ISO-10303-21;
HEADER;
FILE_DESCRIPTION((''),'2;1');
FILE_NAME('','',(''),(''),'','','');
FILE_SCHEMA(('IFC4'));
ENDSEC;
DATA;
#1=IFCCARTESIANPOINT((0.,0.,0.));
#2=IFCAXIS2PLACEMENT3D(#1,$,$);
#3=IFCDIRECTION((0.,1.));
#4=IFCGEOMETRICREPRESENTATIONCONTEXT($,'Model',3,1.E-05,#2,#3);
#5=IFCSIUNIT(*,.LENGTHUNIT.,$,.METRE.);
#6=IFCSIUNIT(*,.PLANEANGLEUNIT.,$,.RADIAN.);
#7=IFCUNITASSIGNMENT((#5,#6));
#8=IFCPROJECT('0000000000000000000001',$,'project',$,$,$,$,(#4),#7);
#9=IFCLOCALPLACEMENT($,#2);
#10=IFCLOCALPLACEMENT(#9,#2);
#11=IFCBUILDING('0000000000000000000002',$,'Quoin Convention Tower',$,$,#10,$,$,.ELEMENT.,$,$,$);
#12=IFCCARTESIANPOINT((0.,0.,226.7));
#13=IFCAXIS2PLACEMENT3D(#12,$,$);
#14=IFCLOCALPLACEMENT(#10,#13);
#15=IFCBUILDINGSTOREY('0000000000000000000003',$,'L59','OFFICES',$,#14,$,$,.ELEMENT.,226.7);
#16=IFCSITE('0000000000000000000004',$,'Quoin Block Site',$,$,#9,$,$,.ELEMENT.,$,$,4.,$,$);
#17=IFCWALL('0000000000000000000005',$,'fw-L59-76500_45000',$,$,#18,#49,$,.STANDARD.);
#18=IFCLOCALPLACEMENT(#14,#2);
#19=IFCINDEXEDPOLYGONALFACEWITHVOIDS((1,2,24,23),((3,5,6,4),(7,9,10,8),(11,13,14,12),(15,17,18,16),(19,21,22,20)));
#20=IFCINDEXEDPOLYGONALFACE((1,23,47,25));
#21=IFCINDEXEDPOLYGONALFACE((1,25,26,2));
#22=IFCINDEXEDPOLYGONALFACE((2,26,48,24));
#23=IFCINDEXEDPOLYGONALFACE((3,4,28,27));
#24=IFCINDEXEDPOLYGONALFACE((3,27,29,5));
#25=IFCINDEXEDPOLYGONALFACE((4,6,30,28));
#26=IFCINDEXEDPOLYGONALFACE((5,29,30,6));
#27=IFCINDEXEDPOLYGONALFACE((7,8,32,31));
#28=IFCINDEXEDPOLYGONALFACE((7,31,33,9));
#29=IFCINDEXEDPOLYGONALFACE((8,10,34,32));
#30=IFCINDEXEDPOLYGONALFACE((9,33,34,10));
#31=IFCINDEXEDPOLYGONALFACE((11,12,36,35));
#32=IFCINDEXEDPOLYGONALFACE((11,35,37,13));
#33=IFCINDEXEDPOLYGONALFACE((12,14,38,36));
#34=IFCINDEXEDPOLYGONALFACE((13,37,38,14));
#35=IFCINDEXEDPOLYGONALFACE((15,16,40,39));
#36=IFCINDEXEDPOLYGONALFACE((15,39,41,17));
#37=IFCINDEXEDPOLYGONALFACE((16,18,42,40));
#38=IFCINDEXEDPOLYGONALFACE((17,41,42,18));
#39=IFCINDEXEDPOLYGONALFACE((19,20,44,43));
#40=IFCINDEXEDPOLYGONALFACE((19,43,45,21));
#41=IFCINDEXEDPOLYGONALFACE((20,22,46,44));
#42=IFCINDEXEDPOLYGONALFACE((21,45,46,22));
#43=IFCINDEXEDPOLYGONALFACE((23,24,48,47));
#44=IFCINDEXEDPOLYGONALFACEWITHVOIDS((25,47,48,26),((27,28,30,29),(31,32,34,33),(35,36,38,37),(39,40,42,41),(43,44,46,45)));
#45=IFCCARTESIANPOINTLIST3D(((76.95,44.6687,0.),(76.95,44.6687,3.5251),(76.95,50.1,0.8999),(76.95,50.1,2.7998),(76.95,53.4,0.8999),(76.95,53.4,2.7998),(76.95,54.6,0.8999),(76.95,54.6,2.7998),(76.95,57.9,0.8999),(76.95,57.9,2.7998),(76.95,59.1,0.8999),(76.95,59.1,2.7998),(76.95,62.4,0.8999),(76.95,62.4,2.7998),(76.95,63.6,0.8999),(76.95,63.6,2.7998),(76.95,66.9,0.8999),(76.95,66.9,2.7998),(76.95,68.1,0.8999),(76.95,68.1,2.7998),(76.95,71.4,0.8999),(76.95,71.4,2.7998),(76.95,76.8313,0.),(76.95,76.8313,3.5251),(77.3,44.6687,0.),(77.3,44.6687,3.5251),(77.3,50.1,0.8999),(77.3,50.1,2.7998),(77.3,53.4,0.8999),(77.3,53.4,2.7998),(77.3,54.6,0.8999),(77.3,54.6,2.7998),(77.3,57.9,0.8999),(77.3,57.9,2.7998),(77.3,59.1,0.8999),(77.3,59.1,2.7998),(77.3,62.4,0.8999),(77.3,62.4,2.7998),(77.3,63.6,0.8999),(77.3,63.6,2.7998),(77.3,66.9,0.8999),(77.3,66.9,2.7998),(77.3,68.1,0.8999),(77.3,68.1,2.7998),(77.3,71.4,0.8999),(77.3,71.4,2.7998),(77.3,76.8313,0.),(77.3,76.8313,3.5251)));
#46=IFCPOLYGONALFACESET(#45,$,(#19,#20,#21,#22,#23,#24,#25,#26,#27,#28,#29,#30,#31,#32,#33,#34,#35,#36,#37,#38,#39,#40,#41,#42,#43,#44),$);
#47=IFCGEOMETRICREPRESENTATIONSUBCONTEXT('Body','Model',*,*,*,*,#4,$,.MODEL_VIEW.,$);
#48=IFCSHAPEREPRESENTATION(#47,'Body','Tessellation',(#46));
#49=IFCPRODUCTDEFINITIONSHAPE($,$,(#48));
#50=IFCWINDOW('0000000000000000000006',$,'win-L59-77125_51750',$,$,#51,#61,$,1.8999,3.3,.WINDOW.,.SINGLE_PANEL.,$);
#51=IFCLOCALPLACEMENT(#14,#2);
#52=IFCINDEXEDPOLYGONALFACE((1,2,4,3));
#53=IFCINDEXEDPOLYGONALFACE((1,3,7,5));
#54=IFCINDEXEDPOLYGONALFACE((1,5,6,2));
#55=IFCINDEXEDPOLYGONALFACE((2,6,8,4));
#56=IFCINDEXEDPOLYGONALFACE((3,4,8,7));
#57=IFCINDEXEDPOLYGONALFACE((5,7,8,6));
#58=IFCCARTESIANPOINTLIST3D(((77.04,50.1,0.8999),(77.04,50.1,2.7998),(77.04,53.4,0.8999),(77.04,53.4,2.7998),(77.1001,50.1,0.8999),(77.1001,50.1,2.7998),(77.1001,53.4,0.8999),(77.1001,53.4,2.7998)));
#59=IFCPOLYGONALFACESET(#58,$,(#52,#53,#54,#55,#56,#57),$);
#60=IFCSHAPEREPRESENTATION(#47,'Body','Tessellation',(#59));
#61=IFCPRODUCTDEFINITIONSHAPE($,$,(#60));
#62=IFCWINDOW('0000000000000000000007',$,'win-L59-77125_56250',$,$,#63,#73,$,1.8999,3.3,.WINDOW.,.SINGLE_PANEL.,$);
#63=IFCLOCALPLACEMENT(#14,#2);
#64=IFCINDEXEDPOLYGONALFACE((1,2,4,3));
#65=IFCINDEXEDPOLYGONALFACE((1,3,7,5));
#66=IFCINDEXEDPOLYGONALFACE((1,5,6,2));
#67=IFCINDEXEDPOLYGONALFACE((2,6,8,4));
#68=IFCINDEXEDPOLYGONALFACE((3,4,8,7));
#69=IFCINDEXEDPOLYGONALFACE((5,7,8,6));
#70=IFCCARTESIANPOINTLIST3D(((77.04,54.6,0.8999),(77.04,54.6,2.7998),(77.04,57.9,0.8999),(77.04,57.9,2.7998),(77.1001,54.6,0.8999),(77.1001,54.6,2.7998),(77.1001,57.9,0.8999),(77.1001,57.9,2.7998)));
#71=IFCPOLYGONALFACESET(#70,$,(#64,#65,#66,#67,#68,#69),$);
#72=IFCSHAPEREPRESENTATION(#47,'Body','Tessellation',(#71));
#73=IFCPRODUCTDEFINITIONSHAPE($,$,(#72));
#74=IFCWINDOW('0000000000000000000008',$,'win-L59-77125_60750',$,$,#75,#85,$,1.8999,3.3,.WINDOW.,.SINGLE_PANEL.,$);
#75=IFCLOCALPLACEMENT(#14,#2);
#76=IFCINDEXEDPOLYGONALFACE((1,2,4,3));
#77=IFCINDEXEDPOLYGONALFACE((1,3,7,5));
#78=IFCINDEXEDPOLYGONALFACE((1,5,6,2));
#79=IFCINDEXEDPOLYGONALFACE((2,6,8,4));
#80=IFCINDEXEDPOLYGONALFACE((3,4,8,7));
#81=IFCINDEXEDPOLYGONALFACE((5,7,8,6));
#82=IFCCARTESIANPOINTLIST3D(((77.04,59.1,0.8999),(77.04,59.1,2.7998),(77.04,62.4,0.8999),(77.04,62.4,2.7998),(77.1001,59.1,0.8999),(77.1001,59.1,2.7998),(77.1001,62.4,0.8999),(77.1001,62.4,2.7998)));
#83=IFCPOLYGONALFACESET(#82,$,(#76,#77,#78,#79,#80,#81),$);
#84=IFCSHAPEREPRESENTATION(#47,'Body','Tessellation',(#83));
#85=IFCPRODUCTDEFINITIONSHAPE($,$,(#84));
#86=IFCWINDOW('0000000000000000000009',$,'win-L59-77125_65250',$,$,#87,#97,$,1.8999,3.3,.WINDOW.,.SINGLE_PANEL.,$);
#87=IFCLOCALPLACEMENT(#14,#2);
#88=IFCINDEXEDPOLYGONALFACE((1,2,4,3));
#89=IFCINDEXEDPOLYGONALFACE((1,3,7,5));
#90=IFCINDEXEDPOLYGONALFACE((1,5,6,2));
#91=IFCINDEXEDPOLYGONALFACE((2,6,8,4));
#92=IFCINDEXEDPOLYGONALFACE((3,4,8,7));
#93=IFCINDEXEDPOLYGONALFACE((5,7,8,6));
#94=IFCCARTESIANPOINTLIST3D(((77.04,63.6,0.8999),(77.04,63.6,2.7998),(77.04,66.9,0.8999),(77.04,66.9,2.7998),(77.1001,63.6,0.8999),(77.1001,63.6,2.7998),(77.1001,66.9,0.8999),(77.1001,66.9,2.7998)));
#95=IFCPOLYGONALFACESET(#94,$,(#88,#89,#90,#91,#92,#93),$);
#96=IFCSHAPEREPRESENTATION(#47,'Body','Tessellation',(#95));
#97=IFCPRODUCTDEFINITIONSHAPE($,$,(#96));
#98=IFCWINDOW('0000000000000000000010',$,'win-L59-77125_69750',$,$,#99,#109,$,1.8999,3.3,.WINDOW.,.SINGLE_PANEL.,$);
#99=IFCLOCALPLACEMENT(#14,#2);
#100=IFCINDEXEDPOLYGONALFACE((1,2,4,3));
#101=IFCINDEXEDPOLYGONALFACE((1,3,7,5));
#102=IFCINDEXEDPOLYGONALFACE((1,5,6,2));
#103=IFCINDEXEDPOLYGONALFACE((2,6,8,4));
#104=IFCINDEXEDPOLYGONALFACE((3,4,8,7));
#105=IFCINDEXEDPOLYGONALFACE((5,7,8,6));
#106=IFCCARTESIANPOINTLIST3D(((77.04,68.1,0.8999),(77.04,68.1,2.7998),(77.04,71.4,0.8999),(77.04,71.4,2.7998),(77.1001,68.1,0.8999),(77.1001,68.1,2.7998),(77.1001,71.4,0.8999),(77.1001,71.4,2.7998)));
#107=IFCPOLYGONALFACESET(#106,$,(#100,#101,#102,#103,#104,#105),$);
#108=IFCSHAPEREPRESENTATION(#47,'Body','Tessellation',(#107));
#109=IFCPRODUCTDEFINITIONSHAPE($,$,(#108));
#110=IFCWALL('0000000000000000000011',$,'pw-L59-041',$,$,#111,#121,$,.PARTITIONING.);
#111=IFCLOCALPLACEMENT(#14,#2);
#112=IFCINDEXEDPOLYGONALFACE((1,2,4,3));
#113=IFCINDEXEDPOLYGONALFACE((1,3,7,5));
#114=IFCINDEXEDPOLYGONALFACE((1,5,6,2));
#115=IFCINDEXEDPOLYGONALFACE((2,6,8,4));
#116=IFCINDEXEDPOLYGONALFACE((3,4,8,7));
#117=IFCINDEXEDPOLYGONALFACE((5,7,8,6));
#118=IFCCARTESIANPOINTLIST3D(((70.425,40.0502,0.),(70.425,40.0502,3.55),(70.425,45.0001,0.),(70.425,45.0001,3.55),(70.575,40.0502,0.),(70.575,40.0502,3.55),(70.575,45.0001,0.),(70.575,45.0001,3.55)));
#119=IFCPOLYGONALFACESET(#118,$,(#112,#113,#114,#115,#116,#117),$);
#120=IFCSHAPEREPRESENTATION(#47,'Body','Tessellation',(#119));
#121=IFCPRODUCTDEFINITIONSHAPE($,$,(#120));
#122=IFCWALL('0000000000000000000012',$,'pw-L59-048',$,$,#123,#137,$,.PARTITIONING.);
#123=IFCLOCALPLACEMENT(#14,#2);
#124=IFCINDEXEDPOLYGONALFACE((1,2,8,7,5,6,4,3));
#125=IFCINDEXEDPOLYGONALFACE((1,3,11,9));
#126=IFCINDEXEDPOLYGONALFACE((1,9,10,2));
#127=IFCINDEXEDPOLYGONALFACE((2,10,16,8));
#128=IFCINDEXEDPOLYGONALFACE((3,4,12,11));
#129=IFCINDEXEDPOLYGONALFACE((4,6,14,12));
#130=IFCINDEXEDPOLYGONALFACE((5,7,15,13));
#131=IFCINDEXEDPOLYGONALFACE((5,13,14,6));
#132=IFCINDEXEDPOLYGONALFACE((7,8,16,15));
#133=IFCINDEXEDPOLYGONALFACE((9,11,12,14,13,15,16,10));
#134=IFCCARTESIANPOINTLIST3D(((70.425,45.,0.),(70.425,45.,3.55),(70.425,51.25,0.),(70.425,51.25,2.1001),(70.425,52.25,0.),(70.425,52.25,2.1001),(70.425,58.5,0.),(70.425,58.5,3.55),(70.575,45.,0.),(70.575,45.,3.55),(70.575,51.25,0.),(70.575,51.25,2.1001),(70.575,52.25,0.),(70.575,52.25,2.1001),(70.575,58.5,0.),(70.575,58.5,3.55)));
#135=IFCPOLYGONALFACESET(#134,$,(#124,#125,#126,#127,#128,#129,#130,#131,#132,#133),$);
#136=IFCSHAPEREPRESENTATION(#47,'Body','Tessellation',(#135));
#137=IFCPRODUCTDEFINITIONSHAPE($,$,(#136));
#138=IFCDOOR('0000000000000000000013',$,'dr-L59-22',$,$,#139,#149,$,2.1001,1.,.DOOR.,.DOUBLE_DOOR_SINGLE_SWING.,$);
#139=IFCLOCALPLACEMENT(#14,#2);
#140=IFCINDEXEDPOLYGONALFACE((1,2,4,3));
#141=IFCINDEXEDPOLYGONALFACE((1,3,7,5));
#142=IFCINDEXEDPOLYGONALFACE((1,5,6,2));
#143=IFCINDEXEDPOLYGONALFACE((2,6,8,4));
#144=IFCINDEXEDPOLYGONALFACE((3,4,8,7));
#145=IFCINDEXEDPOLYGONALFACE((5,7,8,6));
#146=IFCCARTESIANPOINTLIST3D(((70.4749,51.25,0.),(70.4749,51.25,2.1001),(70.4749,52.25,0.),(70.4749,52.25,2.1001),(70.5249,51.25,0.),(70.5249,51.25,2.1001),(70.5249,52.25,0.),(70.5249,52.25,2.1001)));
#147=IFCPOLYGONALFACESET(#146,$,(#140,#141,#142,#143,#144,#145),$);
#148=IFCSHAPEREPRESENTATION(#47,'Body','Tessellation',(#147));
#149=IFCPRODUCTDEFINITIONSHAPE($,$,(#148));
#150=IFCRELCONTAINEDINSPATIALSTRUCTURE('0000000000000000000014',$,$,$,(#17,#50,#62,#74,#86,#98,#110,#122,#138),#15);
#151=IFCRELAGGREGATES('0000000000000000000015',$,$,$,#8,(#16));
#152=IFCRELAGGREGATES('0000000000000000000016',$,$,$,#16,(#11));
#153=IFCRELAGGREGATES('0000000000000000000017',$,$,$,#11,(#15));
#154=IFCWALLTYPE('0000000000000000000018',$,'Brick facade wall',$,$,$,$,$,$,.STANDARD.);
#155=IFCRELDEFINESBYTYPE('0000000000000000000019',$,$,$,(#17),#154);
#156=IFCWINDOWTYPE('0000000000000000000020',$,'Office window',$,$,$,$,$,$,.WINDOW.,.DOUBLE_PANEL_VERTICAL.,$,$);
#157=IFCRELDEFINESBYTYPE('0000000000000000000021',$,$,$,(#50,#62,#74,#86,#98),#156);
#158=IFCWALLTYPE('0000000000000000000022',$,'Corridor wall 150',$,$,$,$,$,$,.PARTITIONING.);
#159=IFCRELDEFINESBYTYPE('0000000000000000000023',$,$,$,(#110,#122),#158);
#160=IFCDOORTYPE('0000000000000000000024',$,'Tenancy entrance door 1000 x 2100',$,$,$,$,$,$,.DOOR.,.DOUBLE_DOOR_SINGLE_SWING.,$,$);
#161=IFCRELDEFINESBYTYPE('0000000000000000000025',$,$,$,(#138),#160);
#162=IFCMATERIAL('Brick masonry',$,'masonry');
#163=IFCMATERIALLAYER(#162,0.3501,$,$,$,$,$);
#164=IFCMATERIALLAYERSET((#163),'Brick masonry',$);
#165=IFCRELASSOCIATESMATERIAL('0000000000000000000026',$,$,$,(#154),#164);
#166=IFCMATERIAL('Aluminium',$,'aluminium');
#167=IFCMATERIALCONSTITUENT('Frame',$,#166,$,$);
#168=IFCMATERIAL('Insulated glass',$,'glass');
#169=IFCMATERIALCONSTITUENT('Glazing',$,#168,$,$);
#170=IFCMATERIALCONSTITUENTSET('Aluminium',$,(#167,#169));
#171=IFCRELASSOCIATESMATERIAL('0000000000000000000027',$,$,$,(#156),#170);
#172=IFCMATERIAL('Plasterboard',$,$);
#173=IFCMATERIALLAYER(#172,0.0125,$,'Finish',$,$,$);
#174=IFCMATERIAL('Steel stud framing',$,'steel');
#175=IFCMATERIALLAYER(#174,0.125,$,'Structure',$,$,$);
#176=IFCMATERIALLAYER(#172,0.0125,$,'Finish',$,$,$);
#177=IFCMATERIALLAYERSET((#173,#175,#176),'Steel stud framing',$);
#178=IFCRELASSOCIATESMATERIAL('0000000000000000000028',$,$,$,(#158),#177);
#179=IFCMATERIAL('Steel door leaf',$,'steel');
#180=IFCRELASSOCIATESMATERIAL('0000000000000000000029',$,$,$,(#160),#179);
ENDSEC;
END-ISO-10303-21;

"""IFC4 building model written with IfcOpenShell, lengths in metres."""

from ifc_helpers import new_model, si_unit, direction, frame, frame_2d, origin, place, context, subcontext, project, spatial, rectangle, extrude, material, layer, layer_set, constituent, constituent_set, type_object, element, fill, save


model = new_model("IFC4")

# Units and contexts
model_context = context("Model", 3, precision=1e-05, world=origin(), true_north=direction((0.0, 1.0)))
body_context = subcontext(model_context, "Body", "Model", "MODEL_VIEW")
ifc_project = project(units=[si_unit("LENGTHUNIT", "METRE"), si_unit("PLANEANGLEUNIT", "RADIAN")], contexts=[model_context])

# Site, building, storey
site_placement = place(None, origin())
site = spatial("IfcSite", under=ifc_project, at=site_placement, Name="Quoin Block Site", CompositionType="ELEMENT", RefElevation=4.0)
building_placement = place(site_placement, origin())
building = spatial("IfcBuilding", under=site, at=building_placement, Name="Quoin Convention Tower", CompositionType="ELEMENT")
storey_placement = place(building_placement, frame((0.0, 0.0, 226.7)))
storey = spatial("IfcBuildingStorey", under=building, at=storey_placement, Name="L59", Description="OFFICES", CompositionType="ELEMENT", Elevation=226.7)

# Shared definitions
ifc_material_1 = material(Name="Brick masonry", Category="masonry")
ifc_layer_1 = layer(ifc_material_1, 0.3501)
ifc_layer_set_1 = layer_set([ifc_layer_1], Name="Brick masonry")
wall_type_1 = type_object("IfcWallType", Name="Brick facade wall", PredefinedType="STANDARD", material=ifc_layer_set_1)
ifc_material_2 = material(Name="Aluminium", Category="aluminium")
ifc_constituent_1 = constituent(ifc_material_2, Name="Frame")
ifc_material_3 = material(Name="Insulated glass", Category="glass")
ifc_constituent_2 = constituent(ifc_material_3, Name="Glazing")
ifc_constituent_set = constituent_set(constituents=[ifc_constituent_1, ifc_constituent_2], Name="Aluminium")
window_type = type_object("IfcWindowType", Name="Office window", PartitioningType="DOUBLE_PANEL_VERTICAL", PredefinedType="WINDOW", material=ifc_constituent_set)

# Wall, openings, windows
wall_1_placement = place(storey_placement, frame((77.125, 44.6687, 0.0), z_axis=(0.0, 0.0, 1.0), x_axis=(0.0, 1.0, 0.0)))
wall_1 = element("IfcWall", 1, at=wall_1_placement, inside=storey, type_object=wall_type_1, Name="fw-L59-76500_45000", PredefinedType="STANDARD", context=body_context, shape_type="SweptSolid", body=[
    extrude(rectangle(XDim=32.1626, YDim=0.3501, at=frame_2d((16.0813, 0.0))), origin(), (0.0, 0.0, 1.0), 3.5251),
])
opening_1_placement = place(wall_1_placement, frame((5.4314, 0.0, 0.8999)))
opening_1 = element("IfcOpeningElement", 2, at=opening_1_placement, cuts=wall_1, PredefinedType="OPENING", context=body_context, shape_type="SweptSolid", body=[
    extrude(rectangle(XDim=3.3, YDim=1.8999, at=frame_2d((1.6499, 0.95))), frame((0.0, 0.1851, 0.0), z_axis=(0.0, -1.0, 0.0), x_axis=(1.0, 0.0, 0.0)), (0.0, 0.0, 1.0), 0.3701),
])
opening_2_placement = place(wall_1_placement, frame((9.9314, 0.0, 0.8999)))
opening_2 = element("IfcOpeningElement", 3, at=opening_2_placement, cuts=wall_1, PredefinedType="OPENING", context=body_context, shape_type="SweptSolid", body=[
    extrude(rectangle(XDim=3.3, YDim=1.8999, at=frame_2d((1.6499, 0.95))), frame((0.0, 0.1851, 0.0), z_axis=(0.0, -1.0, 0.0), x_axis=(1.0, 0.0, 0.0)), (0.0, 0.0, 1.0), 0.3701),
])
opening_3_placement = place(wall_1_placement, frame((14.4314, 0.0, 0.8999)))
opening_3 = element("IfcOpeningElement", 4, at=opening_3_placement, cuts=wall_1, PredefinedType="OPENING", context=body_context, shape_type="SweptSolid", body=[
    extrude(rectangle(XDim=3.3, YDim=1.8999, at=frame_2d((1.6499, 0.95))), frame((0.0, 0.1851, 0.0), z_axis=(0.0, -1.0, 0.0), x_axis=(1.0, 0.0, 0.0)), (0.0, 0.0, 1.0), 0.3701),
])
opening_4_placement = place(wall_1_placement, frame((18.9314, 0.0, 0.8999)))
opening_4 = element("IfcOpeningElement", 5, at=opening_4_placement, cuts=wall_1, PredefinedType="OPENING", context=body_context, shape_type="SweptSolid", body=[
    extrude(rectangle(XDim=3.3, YDim=1.8999, at=frame_2d((1.6499, 0.95))), frame((0.0, 0.1851, 0.0), z_axis=(0.0, -1.0, 0.0), x_axis=(1.0, 0.0, 0.0)), (0.0, 0.0, 1.0), 0.3701),
])
opening_5_placement = place(wall_1_placement, frame((23.4314, 0.0, 0.8999)))
opening_5 = element("IfcOpeningElement", 6, at=opening_5_placement, cuts=wall_1, PredefinedType="OPENING", context=body_context, shape_type="SweptSolid", body=[
    extrude(rectangle(XDim=3.3, YDim=1.8999, at=frame_2d((1.6499, 0.95))), frame((0.0, 0.1851, 0.0), z_axis=(0.0, -1.0, 0.0), x_axis=(1.0, 0.0, 0.0)), (0.0, 0.0, 1.0), 0.3701),
])
window_1_placement = place(opening_1_placement, origin())
window_1 = element("IfcWindow", 7, at=window_1_placement, inside=storey, type_object=window_type, Name="win-L59-77125_51750", OverallHeight=1.8999, OverallWidth=3.3, PartitioningType="SINGLE_PANEL", PredefinedType="WINDOW", context=body_context, shape_type="SweptSolid", body=[
    extrude(rectangle(XDim=3.3, YDim=1.8999, at=frame_2d((1.6499, 0.95))), frame((0.0, 0.085, 0.0), z_axis=(0.0, -1.0, 0.0), x_axis=(1.0, 0.0, 0.0)), (0.0, 0.0, 1.0), 0.0601),
])
fill(opening_1, window_1)
window_2_placement = place(opening_2_placement, origin())
window_2 = element("IfcWindow", 8, at=window_2_placement, inside=storey, type_object=window_type, Name="win-L59-77125_56250", OverallHeight=1.8999, OverallWidth=3.3, PartitioningType="SINGLE_PANEL", PredefinedType="WINDOW", context=body_context, shape_type="SweptSolid", body=[
    extrude(rectangle(XDim=3.3, YDim=1.8999, at=frame_2d((1.6499, 0.95))), frame((0.0, 0.085, 0.0), z_axis=(0.0, -1.0, 0.0), x_axis=(1.0, 0.0, 0.0)), (0.0, 0.0, 1.0), 0.0601),
])
fill(opening_2, window_2)
window_3_placement = place(opening_3_placement, origin())
window_3 = element("IfcWindow", 9, at=window_3_placement, inside=storey, type_object=window_type, Name="win-L59-77125_60750", OverallHeight=1.8999, OverallWidth=3.3, PartitioningType="SINGLE_PANEL", PredefinedType="WINDOW", context=body_context, shape_type="SweptSolid", body=[
    extrude(rectangle(XDim=3.3, YDim=1.8999, at=frame_2d((1.6499, 0.95))), frame((0.0, 0.085, 0.0), z_axis=(0.0, -1.0, 0.0), x_axis=(1.0, 0.0, 0.0)), (0.0, 0.0, 1.0), 0.0601),
])
fill(opening_3, window_3)
window_4_placement = place(opening_4_placement, origin())
window_4 = element("IfcWindow", 10, at=window_4_placement, inside=storey, type_object=window_type, Name="win-L59-77125_65250", OverallHeight=1.8999, OverallWidth=3.3, PartitioningType="SINGLE_PANEL", PredefinedType="WINDOW", context=body_context, shape_type="SweptSolid", body=[
    extrude(rectangle(XDim=3.3, YDim=1.8999, at=frame_2d((1.6499, 0.95))), frame((0.0, 0.085, 0.0), z_axis=(0.0, -1.0, 0.0), x_axis=(1.0, 0.0, 0.0)), (0.0, 0.0, 1.0), 0.0601),
])
fill(opening_4, window_4)
window_5_placement = place(opening_5_placement, origin())
window_5 = element("IfcWindow", 11, at=window_5_placement, inside=storey, type_object=window_type, Name="win-L59-77125_69750", OverallHeight=1.8999, OverallWidth=3.3, PartitioningType="SINGLE_PANEL", PredefinedType="WINDOW", context=body_context, shape_type="SweptSolid", body=[
    extrude(rectangle(XDim=3.3, YDim=1.8999, at=frame_2d((1.6499, 0.95))), frame((0.0, 0.085, 0.0), z_axis=(0.0, -1.0, 0.0), x_axis=(1.0, 0.0, 0.0)), (0.0, 0.0, 1.0), 0.0601),
])
fill(opening_5, window_5)

# Wall
ifc_material_4 = material(Name="Plasterboard")
ifc_layer_2 = layer(ifc_material_4, 0.0125, Name="Finish")
ifc_material_5 = material(Name="Steel stud framing", Category="steel")
ifc_layer_3 = layer(ifc_material_5, 0.125, Name="Structure")
ifc_layer_4 = layer(ifc_material_4, 0.0125, Name="Finish")
ifc_layer_set_2 = layer_set([ifc_layer_2, ifc_layer_3, ifc_layer_4], Name="Steel stud framing")
wall_type_2 = type_object("IfcWallType", Name="Corridor wall 150", PredefinedType="PARTITIONING", material=ifc_layer_set_2)
wall_2_placement = place(storey_placement, frame((70.5, 40.05, 0.0), z_axis=(0.0, 0.0, 1.0), x_axis=(0.0, 1.0, 0.0)))
element("IfcWall", 12, at=wall_2_placement, inside=storey, type_object=wall_type_2, Name="pw-L59-041", PredefinedType="PARTITIONING", context=body_context, shape_type="SweptSolid", body=[
    extrude(rectangle(XDim=4.95, YDim=0.1499, at=frame_2d((2.4751, 0.0))), origin(), (0.0, 0.0, 1.0), 3.55),
])

# Wall, opening, door
wall_3_placement = place(storey_placement, frame((70.5, 45.0, 0.0), z_axis=(0.0, 0.0, 1.0), x_axis=(0.0, 1.0, 0.0)))
wall_3 = element("IfcWall", 13, at=wall_3_placement, inside=storey, type_object=wall_type_2, Name="pw-L59-048", PredefinedType="PARTITIONING", context=body_context, shape_type="SweptSolid", body=[
    extrude(rectangle(XDim=13.5, YDim=0.1499, at=frame_2d((6.75, 0.0))), origin(), (0.0, 0.0, 1.0), 3.55),
])
opening_6_placement = place(wall_3_placement, frame((6.25, 0.0, 0.0)))
opening_6 = element("IfcOpeningElement", 14, at=opening_6_placement, cuts=wall_3, PredefinedType="OPENING", context=body_context, shape_type="SweptSolid", body=[
    extrude(rectangle(XDim=1.0, YDim=2.1001, at=frame_2d((0.5, 1.05))), frame((0.0, 0.085, 0.0), z_axis=(0.0, -1.0, 0.0), x_axis=(1.0, 0.0, 0.0)), (0.0, 0.0, 1.0), 0.1699),
])
ifc_material_6 = material(Name="Steel door leaf", Category="steel")
door_type_1 = type_object("IfcDoorType", Name="Tenancy entrance door 1000 x 2100", OperationType="DOUBLE_DOOR_SINGLE_SWING", PredefinedType="DOOR", material=ifc_material_6)
door_1_placement = place(opening_6_placement, frame((1.0, 0.0, 0.0), z_axis=(0.0, 0.0, 1.0), x_axis=(-1.0, 0.0, 0.0)))
door_1 = element("IfcDoor", 15, at=door_1_placement, inside=storey, type_object=door_type_1, Name="dr-L59-22", OperationType="DOUBLE_DOOR_SINGLE_SWING", OverallHeight=2.1001, OverallWidth=1.0, PredefinedType="DOOR", context=body_context, shape_type="SweptSolid", body=[
    extrude(rectangle(XDim=1.0, YDim=2.1001, at=frame_2d((0.5, 1.05))), frame((0.0, 0.0249, 0.0), z_axis=(0.0, -1.0, 0.0), x_axis=(1.0, 0.0, 0.0)), (0.0, 0.0, 1.0), 0.05),
])
fill(opening_6, door_1)

save(model, "model.ifc")
